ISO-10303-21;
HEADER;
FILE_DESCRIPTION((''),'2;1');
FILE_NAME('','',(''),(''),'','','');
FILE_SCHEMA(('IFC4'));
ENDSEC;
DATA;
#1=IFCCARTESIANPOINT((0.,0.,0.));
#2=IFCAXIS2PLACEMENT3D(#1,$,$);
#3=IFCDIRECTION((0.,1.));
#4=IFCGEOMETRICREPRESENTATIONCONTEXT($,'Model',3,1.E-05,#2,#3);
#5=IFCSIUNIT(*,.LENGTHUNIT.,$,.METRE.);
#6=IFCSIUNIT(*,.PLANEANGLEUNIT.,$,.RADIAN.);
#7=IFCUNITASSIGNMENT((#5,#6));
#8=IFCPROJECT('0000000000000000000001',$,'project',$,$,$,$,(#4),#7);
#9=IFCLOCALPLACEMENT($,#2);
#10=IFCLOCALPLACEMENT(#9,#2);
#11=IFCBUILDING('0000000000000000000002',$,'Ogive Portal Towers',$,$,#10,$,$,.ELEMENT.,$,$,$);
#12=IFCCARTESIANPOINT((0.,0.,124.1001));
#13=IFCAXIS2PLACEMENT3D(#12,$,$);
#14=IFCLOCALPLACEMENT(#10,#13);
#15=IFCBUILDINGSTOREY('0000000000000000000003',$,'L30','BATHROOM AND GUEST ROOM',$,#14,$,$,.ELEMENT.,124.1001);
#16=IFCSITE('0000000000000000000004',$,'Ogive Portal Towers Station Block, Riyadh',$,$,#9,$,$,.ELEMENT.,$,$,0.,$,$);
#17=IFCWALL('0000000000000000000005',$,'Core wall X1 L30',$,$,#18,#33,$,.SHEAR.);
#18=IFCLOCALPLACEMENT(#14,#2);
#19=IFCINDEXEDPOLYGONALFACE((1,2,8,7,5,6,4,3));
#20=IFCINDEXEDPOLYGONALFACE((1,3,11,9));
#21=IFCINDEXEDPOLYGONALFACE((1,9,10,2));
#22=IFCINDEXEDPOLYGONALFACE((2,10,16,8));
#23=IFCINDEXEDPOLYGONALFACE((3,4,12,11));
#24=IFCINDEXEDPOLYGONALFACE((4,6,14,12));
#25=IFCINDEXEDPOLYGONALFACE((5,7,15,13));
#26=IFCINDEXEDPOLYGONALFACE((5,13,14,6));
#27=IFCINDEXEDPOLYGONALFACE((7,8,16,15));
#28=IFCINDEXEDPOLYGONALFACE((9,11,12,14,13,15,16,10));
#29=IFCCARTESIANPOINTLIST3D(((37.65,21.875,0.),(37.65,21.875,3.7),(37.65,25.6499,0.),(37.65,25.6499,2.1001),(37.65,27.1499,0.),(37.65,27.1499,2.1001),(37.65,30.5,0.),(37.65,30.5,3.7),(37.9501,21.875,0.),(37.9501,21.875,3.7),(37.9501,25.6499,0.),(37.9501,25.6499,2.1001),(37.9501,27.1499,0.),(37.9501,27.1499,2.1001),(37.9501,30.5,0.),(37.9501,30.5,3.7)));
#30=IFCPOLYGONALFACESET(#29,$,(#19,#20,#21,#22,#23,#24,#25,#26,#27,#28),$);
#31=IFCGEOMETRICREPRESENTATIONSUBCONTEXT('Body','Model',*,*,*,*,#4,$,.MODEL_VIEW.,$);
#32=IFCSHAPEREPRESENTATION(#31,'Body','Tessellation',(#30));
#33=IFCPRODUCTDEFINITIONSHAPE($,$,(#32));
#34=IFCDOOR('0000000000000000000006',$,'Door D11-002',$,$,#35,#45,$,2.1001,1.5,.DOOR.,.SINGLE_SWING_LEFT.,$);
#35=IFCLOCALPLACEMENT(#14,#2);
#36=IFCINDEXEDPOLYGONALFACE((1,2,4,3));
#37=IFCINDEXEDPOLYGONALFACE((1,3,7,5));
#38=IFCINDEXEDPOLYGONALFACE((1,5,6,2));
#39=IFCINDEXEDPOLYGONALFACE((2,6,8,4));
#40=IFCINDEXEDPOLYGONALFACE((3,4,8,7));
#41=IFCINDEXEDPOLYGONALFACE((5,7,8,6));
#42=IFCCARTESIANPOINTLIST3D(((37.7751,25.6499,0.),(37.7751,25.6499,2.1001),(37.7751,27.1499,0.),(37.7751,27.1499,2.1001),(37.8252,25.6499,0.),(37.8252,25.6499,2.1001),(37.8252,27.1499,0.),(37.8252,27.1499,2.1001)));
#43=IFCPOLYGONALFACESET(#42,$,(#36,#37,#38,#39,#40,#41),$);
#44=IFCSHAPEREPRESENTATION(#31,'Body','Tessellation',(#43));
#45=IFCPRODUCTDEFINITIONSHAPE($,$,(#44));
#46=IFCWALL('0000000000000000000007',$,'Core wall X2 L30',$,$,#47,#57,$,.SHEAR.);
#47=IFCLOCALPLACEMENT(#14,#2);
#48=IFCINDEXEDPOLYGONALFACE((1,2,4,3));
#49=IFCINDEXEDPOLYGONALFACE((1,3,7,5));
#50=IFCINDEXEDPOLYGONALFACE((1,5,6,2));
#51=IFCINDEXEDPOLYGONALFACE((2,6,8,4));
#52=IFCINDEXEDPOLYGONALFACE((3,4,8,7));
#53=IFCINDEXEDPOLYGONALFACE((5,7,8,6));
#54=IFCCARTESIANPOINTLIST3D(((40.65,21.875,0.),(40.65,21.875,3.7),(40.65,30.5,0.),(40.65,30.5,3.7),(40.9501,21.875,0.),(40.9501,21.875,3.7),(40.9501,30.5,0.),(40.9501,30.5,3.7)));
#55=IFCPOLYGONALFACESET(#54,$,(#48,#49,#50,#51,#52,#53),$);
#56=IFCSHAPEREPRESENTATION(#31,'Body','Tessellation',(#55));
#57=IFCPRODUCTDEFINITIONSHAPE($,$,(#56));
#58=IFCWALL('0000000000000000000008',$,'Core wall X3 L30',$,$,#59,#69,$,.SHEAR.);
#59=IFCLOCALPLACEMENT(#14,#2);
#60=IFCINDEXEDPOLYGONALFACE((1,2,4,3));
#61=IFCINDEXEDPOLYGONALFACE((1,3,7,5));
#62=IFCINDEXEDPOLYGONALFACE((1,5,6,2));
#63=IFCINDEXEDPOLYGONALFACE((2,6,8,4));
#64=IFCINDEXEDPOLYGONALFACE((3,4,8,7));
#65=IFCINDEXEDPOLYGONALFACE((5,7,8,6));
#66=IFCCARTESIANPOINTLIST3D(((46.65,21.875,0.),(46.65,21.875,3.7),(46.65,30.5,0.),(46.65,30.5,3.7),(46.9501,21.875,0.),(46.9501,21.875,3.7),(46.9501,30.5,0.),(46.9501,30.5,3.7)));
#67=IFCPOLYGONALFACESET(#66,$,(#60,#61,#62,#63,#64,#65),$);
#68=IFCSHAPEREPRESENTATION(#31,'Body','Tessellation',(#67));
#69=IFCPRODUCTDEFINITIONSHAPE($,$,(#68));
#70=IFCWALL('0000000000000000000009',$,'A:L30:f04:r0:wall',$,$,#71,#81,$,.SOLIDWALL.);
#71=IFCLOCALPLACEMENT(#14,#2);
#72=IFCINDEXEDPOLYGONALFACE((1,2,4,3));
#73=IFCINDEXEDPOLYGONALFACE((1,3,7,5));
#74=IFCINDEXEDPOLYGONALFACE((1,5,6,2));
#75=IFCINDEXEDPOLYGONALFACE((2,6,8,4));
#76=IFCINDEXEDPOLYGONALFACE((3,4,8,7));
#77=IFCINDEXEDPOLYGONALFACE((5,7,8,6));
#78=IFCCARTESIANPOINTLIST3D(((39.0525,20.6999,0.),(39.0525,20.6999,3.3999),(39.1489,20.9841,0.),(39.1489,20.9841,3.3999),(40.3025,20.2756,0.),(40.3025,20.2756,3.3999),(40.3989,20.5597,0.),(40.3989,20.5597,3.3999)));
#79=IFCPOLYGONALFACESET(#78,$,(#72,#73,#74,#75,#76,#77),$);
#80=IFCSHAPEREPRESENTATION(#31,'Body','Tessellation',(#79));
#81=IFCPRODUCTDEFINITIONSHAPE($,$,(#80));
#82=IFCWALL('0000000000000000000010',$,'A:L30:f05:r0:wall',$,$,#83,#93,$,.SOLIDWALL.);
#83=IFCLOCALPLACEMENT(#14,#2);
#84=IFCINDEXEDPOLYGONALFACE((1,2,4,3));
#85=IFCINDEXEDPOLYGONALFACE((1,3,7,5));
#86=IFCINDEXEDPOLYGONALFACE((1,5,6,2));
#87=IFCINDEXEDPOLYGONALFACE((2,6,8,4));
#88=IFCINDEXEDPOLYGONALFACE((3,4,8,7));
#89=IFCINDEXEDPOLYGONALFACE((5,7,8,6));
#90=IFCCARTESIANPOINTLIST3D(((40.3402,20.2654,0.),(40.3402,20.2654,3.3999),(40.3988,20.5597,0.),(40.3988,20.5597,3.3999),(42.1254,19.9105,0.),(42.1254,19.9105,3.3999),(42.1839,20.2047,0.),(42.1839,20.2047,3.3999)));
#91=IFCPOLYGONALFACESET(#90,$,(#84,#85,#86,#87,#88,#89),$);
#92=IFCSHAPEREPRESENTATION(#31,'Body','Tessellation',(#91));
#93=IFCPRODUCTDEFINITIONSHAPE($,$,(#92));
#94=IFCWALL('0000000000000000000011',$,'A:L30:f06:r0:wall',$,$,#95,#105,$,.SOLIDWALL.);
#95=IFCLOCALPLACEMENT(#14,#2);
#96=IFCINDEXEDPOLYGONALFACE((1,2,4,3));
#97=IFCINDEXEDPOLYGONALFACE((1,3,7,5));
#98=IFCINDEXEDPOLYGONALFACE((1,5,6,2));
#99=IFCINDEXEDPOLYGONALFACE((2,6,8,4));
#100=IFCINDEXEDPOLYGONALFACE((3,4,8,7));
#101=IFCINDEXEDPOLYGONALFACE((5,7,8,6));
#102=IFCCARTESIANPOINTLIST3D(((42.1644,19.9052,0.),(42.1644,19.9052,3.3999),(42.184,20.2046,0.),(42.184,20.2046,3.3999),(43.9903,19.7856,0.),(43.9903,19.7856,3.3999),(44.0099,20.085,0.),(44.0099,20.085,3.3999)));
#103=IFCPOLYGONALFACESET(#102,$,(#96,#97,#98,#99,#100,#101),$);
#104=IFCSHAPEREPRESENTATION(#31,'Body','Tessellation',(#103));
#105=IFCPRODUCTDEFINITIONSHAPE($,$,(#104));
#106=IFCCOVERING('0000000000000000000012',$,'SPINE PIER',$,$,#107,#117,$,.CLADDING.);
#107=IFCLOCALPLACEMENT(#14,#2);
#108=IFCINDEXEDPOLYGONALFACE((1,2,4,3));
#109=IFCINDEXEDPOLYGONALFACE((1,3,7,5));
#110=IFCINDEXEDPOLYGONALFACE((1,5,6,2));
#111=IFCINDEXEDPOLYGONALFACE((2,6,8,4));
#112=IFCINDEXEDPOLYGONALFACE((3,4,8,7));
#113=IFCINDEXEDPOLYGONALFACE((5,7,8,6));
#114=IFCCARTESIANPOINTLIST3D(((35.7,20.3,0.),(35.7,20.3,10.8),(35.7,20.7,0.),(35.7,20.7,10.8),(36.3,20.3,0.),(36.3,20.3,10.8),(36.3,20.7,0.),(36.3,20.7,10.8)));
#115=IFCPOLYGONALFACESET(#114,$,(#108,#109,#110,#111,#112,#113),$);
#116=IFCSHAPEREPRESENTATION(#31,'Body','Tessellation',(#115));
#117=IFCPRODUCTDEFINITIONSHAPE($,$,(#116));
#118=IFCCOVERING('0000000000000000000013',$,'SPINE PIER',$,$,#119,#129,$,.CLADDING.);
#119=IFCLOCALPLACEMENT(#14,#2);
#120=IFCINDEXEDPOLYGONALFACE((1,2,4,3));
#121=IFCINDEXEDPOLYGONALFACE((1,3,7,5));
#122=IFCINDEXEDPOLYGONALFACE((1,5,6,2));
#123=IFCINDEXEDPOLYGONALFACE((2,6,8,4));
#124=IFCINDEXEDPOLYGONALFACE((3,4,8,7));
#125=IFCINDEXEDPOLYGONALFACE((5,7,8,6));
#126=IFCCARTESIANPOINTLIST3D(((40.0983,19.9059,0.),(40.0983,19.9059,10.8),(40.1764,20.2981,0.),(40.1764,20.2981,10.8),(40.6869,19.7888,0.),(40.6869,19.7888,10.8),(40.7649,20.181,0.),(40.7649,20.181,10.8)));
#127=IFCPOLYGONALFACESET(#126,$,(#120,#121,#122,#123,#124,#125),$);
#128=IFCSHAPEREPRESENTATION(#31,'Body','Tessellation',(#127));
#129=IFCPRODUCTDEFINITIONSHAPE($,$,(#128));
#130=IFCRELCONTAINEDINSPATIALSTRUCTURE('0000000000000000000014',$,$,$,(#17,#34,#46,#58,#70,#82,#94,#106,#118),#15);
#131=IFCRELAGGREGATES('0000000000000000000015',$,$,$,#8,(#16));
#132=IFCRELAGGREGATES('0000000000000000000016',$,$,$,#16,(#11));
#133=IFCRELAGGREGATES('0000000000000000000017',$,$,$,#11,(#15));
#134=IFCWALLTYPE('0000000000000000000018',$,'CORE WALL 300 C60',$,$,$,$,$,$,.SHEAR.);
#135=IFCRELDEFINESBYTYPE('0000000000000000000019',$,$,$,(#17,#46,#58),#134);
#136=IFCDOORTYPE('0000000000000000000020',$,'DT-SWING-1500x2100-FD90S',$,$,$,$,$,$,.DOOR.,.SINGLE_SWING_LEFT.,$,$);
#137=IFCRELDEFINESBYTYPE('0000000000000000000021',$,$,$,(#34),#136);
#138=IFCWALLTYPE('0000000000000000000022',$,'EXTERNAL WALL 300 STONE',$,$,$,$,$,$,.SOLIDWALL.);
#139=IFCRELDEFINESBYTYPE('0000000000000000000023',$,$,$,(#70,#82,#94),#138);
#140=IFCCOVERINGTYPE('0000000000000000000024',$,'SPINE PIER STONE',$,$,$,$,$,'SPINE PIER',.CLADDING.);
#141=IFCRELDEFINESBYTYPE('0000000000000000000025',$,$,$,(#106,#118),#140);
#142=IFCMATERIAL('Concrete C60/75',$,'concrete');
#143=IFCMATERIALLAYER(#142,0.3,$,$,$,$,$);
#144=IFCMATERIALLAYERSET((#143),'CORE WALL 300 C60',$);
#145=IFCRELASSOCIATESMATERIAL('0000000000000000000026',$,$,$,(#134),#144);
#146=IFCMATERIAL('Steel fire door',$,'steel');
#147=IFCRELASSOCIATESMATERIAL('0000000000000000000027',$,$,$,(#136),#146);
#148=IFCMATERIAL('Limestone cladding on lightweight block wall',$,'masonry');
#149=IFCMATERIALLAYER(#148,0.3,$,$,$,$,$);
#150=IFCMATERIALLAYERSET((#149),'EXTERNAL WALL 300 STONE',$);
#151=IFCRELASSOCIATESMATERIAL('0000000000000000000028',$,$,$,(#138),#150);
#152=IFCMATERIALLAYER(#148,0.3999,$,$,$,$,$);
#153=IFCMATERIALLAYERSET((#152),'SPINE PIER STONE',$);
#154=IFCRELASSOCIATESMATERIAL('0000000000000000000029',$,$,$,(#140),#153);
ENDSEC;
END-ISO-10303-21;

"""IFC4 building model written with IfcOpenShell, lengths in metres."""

from ifc_helpers import new_model, si_unit, direction, frame, frame_2d, origin, origin_2d, place, context, subcontext, project, spatial, rectangle, extrude, material, layer, layer_set, type_object, element, fill, save


model = new_model("IFC4")

# Units and contexts
model_context = context("Model", 3, precision=1e-05, world=origin(), true_north=direction((0.0, 1.0)))
body_context = subcontext(model_context, "Body", "Model", "MODEL_VIEW")
ifc_project = project(units=[si_unit("LENGTHUNIT", "METRE"), si_unit("PLANEANGLEUNIT", "RADIAN")], contexts=[model_context])

# Site, building, storey
site_placement = place(None, origin())
site = spatial("IfcSite", under=ifc_project, at=site_placement, Name="Ogive Portal Towers Station Block, Riyadh", CompositionType="ELEMENT", RefElevation=0.0)
building_placement = place(site_placement, origin())
building = spatial("IfcBuilding", under=site, at=building_placement, Name="Ogive Portal Towers", CompositionType="ELEMENT")
storey_placement = place(building_placement, frame((0.0, 0.0, 124.1001)))
storey = spatial("IfcBuildingStorey", under=building, at=storey_placement, Name="L30", Description="BATHROOM AND GUEST ROOM", CompositionType="ELEMENT", Elevation=124.1001)

# Wall, opening, door
ifc_material_1 = material(Name="Concrete C60/75", Category="concrete")
ifc_layer_1 = layer(ifc_material_1, 0.3)
ifc_layer_set_1 = layer_set([ifc_layer_1], Name="CORE WALL 300 C60")
wall_type_1 = type_object("IfcWallType", Name="CORE WALL 300 C60", PredefinedType="SHEAR", material=ifc_layer_set_1)
wall_1_placement = place(storey_placement, frame((37.8, 21.875, 0.0), z_axis=(0.0, 0.0, 1.0), x_axis=(0.0, 1.0, 0.0)))
wall_1 = element("IfcWall", 1, at=wall_1_placement, inside=storey, type_object=wall_type_1, Name="Core wall X1 L30", PredefinedType="SHEAR", context=body_context, shape_type="SweptSolid", body=[
    extrude(rectangle(XDim=8.625, YDim=0.3, at=frame_2d((4.3125, 0.0))), origin(), (0.0, 0.0, 1.0), 3.7),
])
opening_1_placement = place(wall_1_placement, frame((3.7749, 0.0, 0.0)))
opening_1 = element("IfcOpeningElement", 2, at=opening_1_placement, cuts=wall_1, PredefinedType="OPENING", context=body_context, shape_type="SweptSolid", body=[
    extrude(rectangle(XDim=1.5, YDim=2.1001, at=frame_2d((0.75, 1.05))), frame((0.0, 0.1602, 0.0), z_axis=(0.0, -1.0, 0.0), x_axis=(1.0, 0.0, 0.0)), (0.0, 0.0, 1.0), 0.3201),
])
ifc_material_2 = material(Name="Steel fire door", Category="steel")
door_type = type_object("IfcDoorType", Name="DT-SWING-1500x2100-FD90S", OperationType="SINGLE_SWING_LEFT", PredefinedType="DOOR", material=ifc_material_2)
door_placement = place(opening_1_placement, origin())
door = element("IfcDoor", 3, at=door_placement, inside=storey, type_object=door_type, Name="Door D11-002", OperationType="SINGLE_SWING_LEFT", OverallHeight=2.1001, OverallWidth=1.5, PredefinedType="DOOR", context=body_context, shape_type="SweptSolid", body=[
    extrude(rectangle(XDim=1.5, YDim=2.1001, at=frame_2d((0.75, 1.05))), frame((0.0, 0.0249, 0.0), z_axis=(0.0, -1.0, 0.0), x_axis=(1.0, 0.0, 0.0)), (0.0, 0.0, 1.0), 0.05),
])
fill(opening_1, door)

# Walls
for number, where, z_axis, x_axis, name in (
    (4, (40.8, 21.875, 0.0), (0.0, 0.0, 1.0), (0.0, 1.0, 0.0), "Core wall X2 L30"),
    (5, (46.8, 21.875, 0.0), (0.0, 0.0, 1.0), (0.0, 1.0, 0.0), "Core wall X3 L30"),
):
    element("IfcWall", number, at=place(storey_placement, frame(where, z_axis=z_axis, x_axis=x_axis)), inside=storey, type_object=wall_type_1, Name=name, PredefinedType="SHEAR", context=body_context, shape_type="SweptSolid", body=[
        extrude(rectangle(XDim=8.625, YDim=0.3, at=frame_2d((4.3125, 0.0))), origin(), (0.0, 0.0, 1.0), 3.7),
    ])
ifc_material_3 = material(Name="Limestone cladding on lightweight block wall", Category="masonry")
ifc_layer_2 = layer(ifc_material_3, 0.3)
ifc_layer_set_2 = layer_set([ifc_layer_2], Name="EXTERNAL WALL 300 STONE")
wall_type_2 = type_object("IfcWallType", Name="EXTERNAL WALL 300 STONE", PredefinedType="SOLIDWALL", material=ifc_layer_set_2)
wall_2_placement = place(storey_placement, frame((39.1006, 20.842, 0.0), z_axis=(0.0, 0.0, 1.0), x_axis=(0.94693, -0.321439, 0.0)))
element("IfcWall", 6, at=wall_2_placement, inside=storey, type_object=wall_type_2, Name="A:L30:f04:r0:wall", PredefinedType="SOLIDWALL", context=body_context, shape_type="SweptSolid", body=[
    extrude(rectangle(XDim=1.3201, YDim=0.3, at=frame_2d((0.6602, 0.0))), origin(), (0.0, 0.0, 1.0), 3.3999),
])
wall_3_placement = place(storey_placement, frame((40.3694, 20.4126, 0.0), z_axis=(0.0, 0.0, 1.0), x_axis=(0.980797, -0.195033, 0.0)))
element("IfcWall", 7, at=wall_3_placement, inside=storey, type_object=wall_type_2, Name="A:L30:f05:r0:wall", PredefinedType="SOLIDWALL", context=body_context, shape_type="SweptSolid", body=[
    extrude(rectangle(XDim=1.8201, YDim=0.3, at=frame_2d((0.9102, 0.0))), origin(), (0.0, 0.0, 1.0), 3.3999),
])
wall_4_placement = place(storey_placement, frame((42.1741, 20.0549, 0.0), z_axis=(0.0, 0.0, 1.0), x_axis=(0.997861, -0.065377, 0.0)))
element("IfcWall", 8, at=wall_4_placement, inside=storey, type_object=wall_type_2, Name="A:L30:f06:r0:wall", PredefinedType="SOLIDWALL", context=body_context, shape_type="SweptSolid", body=[
    extrude(rectangle(XDim=1.8298, YDim=0.3, at=frame_2d((0.915, 0.0))), origin(), (0.0, 0.0, 1.0), 3.3999),
])

# Coverings
ifc_layer_3 = layer(ifc_material_3, 0.3999)
ifc_layer_set_3 = layer_set([ifc_layer_3], Name="SPINE PIER STONE")
covering_type = type_object("IfcCoveringType", Name="SPINE PIER STONE", ElementType="SPINE PIER", PredefinedType="CLADDING", material=ifc_layer_set_3)
for number, where, z_axis, x_axis, name in (
    (9, (36.0, 20.5, 0.0), (0.0, 0.0, 1.0), (1.0, 0.0, 0.0), "SPINE PIER"),
    (10, (40.4316, 20.0435, 0.0), (0.0, 0.0, 1.0), (0.980785, -0.19509, 0.0), "SPINE PIER"),
):
    element("IfcCovering", number, at=place(storey_placement, frame(where, z_axis=z_axis, x_axis=x_axis)), inside=storey, type_object=covering_type, Name=name, PredefinedType="CLADDING", context=body_context, shape_type="SweptSolid", body=[
        extrude(rectangle(XDim=0.6001, YDim=0.3999, at=origin_2d()), origin(), (0.0, 0.0, 1.0), 10.8),
    ])

save(model, "model.ifc")
